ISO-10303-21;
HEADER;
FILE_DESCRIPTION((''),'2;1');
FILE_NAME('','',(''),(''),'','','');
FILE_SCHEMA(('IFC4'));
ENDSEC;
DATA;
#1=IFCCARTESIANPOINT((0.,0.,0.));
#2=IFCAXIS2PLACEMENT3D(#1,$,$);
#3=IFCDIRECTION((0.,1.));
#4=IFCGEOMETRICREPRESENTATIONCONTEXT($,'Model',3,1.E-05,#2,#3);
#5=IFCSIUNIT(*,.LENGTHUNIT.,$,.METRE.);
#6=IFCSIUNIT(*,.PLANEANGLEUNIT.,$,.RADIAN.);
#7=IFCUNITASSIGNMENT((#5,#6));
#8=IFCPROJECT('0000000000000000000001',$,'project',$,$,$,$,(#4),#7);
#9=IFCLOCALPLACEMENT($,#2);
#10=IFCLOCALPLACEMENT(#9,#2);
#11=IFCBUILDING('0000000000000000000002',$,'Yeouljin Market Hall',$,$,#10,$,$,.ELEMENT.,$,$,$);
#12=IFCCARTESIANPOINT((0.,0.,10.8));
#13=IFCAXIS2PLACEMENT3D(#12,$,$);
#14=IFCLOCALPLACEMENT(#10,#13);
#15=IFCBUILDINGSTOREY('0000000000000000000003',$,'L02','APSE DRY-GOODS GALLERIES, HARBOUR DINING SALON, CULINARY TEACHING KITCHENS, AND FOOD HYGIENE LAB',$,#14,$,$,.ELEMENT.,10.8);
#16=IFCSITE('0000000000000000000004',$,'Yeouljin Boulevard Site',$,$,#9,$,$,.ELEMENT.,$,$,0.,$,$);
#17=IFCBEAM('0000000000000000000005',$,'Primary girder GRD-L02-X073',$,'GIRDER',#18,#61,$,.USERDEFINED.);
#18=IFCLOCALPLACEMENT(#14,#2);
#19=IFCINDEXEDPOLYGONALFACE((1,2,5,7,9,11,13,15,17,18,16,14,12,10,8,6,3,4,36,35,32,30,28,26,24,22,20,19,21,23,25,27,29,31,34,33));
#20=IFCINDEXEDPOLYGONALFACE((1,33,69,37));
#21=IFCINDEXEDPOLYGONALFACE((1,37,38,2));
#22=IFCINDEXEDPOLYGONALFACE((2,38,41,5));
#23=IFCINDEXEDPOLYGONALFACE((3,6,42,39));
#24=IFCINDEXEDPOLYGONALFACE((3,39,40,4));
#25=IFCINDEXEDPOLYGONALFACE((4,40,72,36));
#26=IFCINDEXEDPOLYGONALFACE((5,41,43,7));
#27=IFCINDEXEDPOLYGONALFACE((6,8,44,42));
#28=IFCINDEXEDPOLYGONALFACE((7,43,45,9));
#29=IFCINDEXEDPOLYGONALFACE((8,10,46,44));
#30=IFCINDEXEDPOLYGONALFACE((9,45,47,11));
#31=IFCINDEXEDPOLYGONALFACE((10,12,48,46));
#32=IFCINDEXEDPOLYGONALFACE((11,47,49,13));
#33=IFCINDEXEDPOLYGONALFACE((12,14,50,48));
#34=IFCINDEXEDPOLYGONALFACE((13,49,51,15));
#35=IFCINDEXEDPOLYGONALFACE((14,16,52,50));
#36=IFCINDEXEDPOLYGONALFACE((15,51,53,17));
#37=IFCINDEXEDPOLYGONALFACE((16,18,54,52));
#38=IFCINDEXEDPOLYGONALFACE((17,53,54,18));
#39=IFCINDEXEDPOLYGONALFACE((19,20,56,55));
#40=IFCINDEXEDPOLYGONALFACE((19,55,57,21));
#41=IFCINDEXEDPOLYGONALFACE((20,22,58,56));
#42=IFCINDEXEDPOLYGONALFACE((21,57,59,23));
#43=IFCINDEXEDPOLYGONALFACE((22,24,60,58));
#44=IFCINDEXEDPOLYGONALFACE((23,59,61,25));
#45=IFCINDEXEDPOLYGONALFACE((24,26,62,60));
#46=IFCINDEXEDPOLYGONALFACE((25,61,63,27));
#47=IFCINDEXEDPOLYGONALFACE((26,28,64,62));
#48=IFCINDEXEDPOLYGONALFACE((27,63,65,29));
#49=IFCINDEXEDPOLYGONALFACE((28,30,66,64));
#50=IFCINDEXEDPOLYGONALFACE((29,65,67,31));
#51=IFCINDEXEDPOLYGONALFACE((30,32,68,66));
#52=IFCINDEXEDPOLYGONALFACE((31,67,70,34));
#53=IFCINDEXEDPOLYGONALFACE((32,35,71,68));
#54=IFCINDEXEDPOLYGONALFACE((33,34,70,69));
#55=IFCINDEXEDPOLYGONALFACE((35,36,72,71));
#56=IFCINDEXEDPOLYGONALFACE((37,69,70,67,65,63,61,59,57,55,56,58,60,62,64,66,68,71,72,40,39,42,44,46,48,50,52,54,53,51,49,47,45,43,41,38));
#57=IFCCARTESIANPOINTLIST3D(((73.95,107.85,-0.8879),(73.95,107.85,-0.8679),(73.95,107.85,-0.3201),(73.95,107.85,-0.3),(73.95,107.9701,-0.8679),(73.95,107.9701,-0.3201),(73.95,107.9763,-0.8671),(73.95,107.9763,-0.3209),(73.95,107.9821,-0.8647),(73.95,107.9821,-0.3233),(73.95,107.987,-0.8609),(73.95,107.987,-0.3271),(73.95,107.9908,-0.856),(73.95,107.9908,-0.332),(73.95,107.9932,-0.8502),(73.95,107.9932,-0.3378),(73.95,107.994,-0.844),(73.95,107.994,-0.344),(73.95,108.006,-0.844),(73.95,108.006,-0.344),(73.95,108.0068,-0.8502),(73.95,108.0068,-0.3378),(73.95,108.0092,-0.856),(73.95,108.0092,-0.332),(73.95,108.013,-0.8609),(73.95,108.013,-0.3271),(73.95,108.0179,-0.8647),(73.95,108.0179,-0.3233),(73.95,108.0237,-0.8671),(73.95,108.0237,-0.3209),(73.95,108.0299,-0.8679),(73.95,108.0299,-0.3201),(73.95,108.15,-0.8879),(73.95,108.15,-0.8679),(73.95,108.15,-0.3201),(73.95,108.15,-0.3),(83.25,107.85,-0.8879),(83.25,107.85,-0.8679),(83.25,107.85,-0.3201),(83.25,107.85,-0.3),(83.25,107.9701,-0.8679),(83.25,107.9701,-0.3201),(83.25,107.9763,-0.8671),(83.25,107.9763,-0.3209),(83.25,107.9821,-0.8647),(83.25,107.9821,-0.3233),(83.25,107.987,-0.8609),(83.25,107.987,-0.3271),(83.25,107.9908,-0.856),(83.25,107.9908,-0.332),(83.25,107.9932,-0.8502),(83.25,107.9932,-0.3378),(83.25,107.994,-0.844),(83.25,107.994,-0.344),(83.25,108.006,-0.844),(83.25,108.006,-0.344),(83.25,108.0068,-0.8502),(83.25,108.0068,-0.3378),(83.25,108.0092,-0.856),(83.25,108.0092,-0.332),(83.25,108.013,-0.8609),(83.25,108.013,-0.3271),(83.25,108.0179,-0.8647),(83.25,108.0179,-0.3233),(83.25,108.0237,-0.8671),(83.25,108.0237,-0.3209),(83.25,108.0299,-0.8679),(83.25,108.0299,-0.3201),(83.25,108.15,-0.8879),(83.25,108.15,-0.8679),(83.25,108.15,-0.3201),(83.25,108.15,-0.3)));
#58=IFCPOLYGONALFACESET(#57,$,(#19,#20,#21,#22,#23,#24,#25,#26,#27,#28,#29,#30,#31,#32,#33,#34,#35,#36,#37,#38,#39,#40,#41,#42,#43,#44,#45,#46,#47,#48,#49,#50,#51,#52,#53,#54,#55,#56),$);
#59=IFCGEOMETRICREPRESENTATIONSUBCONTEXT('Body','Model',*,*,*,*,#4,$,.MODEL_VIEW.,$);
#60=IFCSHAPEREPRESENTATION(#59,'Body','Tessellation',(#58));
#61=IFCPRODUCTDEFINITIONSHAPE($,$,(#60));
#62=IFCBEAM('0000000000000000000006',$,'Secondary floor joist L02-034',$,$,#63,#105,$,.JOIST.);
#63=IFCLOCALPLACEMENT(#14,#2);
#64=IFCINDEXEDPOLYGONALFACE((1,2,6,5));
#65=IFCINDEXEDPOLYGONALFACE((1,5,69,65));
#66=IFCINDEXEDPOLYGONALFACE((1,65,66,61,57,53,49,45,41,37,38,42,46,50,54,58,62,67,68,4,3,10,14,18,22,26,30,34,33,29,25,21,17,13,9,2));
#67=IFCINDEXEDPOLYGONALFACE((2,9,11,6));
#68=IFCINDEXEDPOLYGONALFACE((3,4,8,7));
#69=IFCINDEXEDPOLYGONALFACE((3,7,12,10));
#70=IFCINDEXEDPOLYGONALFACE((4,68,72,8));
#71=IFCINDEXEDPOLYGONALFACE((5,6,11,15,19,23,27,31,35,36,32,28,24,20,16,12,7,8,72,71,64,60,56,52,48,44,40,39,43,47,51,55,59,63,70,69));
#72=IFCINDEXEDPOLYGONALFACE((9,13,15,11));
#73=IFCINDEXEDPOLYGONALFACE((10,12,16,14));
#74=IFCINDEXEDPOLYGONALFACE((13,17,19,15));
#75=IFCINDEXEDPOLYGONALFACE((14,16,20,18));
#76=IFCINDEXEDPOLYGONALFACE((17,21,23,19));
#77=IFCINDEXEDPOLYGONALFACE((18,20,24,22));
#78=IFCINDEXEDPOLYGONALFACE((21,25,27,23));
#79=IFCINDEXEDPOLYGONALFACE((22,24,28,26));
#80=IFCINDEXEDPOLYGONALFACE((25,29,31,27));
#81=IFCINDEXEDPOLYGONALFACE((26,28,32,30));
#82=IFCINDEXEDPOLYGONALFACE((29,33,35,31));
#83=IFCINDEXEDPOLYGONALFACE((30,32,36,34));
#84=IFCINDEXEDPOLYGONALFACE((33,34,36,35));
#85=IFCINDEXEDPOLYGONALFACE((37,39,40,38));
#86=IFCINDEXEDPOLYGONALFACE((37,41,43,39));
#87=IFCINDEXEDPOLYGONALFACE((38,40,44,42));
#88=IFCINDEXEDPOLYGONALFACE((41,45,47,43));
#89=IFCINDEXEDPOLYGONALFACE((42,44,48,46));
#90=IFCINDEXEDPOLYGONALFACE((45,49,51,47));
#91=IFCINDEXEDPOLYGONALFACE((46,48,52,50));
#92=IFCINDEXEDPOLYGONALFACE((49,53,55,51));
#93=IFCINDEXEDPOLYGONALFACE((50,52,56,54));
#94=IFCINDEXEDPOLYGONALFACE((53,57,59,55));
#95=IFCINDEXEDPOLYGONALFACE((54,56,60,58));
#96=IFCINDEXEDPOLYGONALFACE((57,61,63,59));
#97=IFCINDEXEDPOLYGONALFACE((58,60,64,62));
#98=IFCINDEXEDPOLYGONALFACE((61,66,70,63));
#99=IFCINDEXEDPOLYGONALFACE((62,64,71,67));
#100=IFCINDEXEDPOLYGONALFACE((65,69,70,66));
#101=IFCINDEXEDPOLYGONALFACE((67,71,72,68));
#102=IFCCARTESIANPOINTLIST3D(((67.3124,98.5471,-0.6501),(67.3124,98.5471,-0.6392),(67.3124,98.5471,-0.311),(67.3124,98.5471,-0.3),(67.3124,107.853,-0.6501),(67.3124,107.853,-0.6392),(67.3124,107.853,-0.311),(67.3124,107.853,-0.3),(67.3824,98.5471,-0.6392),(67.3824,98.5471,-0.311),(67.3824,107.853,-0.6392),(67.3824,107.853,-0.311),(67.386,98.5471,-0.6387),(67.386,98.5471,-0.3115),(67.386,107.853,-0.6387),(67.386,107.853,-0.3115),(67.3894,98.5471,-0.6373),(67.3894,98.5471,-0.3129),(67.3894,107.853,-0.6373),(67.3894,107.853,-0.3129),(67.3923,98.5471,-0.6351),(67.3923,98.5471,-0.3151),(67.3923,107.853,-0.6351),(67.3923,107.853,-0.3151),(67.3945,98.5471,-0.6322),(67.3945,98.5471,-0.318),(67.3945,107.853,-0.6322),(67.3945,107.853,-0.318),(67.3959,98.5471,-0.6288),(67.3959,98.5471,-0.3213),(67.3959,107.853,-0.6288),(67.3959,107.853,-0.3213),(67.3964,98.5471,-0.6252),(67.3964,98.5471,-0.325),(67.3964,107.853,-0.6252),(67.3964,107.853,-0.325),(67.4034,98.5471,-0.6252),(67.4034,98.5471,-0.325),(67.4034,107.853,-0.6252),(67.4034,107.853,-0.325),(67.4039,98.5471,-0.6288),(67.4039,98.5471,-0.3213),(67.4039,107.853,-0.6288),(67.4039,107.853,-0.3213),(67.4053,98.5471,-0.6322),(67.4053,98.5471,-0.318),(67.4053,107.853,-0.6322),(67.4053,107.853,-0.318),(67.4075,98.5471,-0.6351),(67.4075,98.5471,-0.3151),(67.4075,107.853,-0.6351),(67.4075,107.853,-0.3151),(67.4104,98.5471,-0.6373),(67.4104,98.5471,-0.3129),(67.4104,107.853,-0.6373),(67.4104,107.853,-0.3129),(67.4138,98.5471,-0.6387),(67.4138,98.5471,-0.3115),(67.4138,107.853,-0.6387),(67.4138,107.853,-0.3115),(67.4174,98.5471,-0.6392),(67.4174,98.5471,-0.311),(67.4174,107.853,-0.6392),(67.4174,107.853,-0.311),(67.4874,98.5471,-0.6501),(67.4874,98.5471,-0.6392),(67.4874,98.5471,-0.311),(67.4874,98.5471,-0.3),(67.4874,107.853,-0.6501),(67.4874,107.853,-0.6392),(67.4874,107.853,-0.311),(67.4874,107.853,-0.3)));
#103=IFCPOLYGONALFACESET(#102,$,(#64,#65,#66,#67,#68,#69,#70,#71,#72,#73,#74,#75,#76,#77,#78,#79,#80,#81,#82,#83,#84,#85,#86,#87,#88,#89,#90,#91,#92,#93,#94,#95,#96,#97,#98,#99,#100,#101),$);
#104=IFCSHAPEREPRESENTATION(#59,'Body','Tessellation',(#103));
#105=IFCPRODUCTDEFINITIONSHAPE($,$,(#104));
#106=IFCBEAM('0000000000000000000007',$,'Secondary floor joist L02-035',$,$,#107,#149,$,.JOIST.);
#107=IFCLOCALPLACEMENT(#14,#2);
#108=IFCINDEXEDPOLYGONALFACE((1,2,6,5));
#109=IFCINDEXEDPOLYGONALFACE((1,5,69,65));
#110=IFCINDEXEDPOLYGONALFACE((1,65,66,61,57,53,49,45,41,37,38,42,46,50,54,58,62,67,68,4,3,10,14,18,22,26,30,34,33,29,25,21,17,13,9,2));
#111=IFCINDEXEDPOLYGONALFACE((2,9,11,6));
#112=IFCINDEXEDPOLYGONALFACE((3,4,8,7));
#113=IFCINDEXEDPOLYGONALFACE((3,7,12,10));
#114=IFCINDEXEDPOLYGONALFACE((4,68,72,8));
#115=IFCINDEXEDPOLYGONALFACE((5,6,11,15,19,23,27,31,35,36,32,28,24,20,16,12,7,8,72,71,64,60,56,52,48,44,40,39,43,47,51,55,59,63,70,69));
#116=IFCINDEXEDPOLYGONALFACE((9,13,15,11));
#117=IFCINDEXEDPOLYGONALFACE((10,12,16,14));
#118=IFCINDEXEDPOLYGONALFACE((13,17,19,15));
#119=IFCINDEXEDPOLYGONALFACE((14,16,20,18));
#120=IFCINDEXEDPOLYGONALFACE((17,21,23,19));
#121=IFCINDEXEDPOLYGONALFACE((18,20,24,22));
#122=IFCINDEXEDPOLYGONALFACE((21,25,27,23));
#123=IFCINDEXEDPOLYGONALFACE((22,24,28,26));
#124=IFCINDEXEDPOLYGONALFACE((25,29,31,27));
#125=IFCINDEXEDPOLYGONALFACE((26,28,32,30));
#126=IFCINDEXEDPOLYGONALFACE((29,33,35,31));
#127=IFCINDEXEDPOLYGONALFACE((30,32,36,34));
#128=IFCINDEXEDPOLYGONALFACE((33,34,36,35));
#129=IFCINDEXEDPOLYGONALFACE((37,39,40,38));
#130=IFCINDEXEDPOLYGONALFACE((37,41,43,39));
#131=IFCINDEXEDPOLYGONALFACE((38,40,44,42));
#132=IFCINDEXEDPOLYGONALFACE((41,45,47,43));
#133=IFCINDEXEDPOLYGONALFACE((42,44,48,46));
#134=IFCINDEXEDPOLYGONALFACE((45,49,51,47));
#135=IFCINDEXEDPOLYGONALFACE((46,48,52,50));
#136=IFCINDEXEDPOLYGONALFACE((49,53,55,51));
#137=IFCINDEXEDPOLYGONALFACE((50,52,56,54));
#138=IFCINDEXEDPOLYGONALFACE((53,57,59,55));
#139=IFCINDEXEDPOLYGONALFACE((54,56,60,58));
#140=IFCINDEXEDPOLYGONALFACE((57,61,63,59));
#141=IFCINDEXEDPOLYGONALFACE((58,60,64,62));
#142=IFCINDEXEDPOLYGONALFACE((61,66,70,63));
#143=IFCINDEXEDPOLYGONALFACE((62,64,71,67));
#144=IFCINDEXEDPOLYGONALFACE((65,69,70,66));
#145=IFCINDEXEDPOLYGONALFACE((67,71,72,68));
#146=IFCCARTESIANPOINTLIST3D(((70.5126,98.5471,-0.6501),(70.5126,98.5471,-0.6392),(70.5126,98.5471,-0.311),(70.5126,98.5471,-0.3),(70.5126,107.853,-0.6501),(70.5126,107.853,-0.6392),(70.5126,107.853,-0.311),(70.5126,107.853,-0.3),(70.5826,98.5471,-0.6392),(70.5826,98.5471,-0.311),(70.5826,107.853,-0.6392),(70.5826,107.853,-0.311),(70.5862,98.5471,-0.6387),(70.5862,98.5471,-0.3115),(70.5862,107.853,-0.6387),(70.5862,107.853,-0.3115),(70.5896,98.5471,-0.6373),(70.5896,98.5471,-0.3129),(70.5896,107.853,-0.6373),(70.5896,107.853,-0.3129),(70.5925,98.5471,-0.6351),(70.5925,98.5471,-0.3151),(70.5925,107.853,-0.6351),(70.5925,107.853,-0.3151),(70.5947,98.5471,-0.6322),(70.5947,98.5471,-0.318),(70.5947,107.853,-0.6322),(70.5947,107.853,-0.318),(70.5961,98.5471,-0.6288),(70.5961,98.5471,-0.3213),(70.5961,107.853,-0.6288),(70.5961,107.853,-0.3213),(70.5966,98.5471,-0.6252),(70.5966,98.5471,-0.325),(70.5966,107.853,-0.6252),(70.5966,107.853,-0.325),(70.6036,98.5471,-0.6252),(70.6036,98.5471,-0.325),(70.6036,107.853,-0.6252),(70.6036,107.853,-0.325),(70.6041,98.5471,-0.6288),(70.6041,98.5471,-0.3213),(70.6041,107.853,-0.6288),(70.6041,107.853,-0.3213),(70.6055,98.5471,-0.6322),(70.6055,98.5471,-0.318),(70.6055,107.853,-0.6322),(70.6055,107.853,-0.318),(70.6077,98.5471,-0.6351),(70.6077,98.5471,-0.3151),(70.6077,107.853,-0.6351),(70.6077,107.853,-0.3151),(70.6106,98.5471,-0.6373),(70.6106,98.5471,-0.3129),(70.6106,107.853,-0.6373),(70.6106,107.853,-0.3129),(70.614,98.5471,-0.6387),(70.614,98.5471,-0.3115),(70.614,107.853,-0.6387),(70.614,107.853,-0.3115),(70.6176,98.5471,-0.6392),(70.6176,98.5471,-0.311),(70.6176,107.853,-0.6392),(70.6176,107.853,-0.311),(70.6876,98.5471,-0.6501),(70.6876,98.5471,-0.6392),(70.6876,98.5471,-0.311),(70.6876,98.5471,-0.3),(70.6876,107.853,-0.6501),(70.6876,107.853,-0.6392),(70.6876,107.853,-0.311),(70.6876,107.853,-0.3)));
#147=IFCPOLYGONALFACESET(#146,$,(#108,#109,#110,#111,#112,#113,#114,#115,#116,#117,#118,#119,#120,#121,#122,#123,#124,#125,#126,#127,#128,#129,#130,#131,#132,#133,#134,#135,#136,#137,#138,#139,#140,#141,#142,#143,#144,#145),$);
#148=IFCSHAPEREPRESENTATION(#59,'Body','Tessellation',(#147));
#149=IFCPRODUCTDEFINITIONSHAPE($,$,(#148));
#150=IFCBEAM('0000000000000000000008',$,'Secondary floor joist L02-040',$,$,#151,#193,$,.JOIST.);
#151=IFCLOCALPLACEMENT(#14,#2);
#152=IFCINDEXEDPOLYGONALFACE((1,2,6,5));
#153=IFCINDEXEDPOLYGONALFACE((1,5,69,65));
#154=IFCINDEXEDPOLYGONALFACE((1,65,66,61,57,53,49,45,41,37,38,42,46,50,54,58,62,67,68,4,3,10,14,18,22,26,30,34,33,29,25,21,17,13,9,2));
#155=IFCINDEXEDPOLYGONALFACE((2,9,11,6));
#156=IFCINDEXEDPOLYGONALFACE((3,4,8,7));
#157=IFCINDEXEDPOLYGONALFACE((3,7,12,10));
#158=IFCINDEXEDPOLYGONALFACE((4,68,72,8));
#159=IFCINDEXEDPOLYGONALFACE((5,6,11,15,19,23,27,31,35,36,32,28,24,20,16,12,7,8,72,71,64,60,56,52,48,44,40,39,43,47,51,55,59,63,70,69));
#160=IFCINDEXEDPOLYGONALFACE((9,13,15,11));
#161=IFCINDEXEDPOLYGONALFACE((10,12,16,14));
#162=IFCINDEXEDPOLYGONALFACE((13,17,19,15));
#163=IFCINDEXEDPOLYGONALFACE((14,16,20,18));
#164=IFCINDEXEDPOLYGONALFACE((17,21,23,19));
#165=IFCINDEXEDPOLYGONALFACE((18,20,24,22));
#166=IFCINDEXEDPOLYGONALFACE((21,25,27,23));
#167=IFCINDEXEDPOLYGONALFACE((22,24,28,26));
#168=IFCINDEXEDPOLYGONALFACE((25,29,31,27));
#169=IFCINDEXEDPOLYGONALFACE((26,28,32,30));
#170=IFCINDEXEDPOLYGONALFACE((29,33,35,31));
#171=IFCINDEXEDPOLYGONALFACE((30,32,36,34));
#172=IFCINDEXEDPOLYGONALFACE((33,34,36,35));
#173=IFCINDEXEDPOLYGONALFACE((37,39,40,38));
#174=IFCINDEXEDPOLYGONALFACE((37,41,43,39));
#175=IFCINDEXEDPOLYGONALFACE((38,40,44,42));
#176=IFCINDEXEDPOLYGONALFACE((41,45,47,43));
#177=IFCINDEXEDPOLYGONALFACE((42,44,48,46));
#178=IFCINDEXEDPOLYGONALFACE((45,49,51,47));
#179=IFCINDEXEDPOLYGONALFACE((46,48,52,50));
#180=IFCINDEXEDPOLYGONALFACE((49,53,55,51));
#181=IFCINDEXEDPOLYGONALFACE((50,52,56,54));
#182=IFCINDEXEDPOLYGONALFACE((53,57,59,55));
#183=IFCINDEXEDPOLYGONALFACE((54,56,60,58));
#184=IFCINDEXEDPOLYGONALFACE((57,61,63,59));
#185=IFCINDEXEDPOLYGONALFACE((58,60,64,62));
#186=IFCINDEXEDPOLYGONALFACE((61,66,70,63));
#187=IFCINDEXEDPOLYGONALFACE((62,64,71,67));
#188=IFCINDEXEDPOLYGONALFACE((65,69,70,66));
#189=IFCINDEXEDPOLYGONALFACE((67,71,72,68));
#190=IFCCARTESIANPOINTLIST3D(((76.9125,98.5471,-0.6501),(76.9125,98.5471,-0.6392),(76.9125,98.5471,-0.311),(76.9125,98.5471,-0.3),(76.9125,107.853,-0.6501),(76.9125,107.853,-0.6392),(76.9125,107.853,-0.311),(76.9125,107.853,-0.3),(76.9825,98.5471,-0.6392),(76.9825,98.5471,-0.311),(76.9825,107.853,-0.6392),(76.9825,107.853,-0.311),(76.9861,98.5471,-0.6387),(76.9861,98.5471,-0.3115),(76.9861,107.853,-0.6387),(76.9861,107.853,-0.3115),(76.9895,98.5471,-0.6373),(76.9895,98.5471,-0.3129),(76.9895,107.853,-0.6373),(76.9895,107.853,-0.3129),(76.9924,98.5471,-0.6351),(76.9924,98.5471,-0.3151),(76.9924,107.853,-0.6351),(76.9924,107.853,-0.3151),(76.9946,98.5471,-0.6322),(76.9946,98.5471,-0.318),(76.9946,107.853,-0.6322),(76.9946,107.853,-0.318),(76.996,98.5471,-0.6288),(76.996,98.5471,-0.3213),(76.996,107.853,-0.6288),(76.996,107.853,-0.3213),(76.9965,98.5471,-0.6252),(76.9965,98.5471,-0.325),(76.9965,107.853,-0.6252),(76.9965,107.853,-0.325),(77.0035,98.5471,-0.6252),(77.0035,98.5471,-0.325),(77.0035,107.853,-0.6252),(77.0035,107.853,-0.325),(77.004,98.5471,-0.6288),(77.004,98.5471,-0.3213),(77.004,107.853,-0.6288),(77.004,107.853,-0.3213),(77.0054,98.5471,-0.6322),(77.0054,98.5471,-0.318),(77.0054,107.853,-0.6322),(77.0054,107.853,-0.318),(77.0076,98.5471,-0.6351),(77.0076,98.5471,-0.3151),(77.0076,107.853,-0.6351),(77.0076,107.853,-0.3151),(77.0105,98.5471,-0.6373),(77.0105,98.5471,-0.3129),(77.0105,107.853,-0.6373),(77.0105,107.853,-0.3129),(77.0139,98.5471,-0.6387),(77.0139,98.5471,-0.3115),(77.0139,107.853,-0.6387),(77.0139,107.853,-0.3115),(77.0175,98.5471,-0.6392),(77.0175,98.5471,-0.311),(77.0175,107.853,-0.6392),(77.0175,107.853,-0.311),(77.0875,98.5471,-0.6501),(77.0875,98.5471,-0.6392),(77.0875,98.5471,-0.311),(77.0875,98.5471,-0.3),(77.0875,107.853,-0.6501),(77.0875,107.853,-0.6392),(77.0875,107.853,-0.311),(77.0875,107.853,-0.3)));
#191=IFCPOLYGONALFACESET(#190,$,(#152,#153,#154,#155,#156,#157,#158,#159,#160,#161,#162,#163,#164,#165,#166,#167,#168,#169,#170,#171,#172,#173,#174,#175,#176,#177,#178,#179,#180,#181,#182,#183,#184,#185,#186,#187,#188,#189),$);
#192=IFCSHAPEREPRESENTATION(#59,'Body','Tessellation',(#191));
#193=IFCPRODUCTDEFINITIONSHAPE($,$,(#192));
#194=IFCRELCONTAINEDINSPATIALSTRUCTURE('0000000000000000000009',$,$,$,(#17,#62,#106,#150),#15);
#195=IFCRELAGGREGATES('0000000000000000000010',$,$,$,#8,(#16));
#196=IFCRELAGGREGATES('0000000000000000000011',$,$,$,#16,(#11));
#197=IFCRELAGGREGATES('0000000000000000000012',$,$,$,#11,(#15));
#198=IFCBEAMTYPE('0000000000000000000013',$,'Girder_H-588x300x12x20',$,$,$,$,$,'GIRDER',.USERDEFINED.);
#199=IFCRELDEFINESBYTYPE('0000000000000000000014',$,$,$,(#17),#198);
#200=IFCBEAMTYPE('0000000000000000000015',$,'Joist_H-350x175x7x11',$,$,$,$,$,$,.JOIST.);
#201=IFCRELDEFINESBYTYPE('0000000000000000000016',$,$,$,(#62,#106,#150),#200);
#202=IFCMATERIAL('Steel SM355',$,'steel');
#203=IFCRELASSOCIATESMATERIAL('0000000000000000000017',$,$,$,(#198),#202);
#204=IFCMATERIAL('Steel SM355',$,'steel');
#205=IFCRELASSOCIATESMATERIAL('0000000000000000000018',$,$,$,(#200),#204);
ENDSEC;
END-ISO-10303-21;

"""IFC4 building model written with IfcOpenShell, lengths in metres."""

from ifc_helpers import new_model, si_unit, direction, frame, origin, origin_2d, place, context, subcontext, project, spatial, i_section, extrude, material, material_profile, profile_set, type_object, element, save


model = new_model("IFC4")

# Units and contexts
model_context = context("Model", 3, precision=1e-05, world=origin(), true_north=direction((0.0, 1.0)))
body_context = subcontext(model_context, "Body", "Model", "MODEL_VIEW")
ifc_project = project(units=[si_unit("LENGTHUNIT", "METRE"), si_unit("PLANEANGLEUNIT", "RADIAN")], contexts=[model_context])

# Site, building, storey
site_placement = place(None, origin())
site = spatial("IfcSite", under=ifc_project, at=site_placement, Name="Yeouljin Boulevard Site", CompositionType="ELEMENT", RefElevation=0.0)
building_placement = place(site_placement, origin())
building = spatial("IfcBuilding", under=site, at=building_placement, Name="Yeouljin Market Hall", CompositionType="ELEMENT")
storey_placement = place(building_placement, frame((0.0, 0.0, 10.8)))
storey = spatial("IfcBuildingStorey", under=building, at=storey_placement, Name="L02", Description="APSE DRY-GOODS GALLERIES, HARBOUR DINING SALON, CULINARY TEACHING KITCHENS, AND FOOD HYGIENE LAB", CompositionType="ELEMENT", Elevation=10.8)

# Beams
ifc_material_1 = material(Name="Steel SM355", Category="steel")
ifc_material_profile_1 = material_profile(ifc_material_1, i_section(OverallWidth=0.3, OverallDepth=0.5879, WebThickness=0.012, FlangeThickness=0.02, FilletRadius=0.0239, at=origin_2d()), Name="H-588x300x12x20")
ifc_profile_set_1 = profile_set([ifc_material_profile_1], Name="Steel SM355")
beam_type_1 = type_object("IfcBeamType", Name="Girder_H-588x300x12x20", ElementType="GIRDER", PredefinedType="USERDEFINED", material=ifc_profile_set_1)
beam_1_placement = place(storey_placement, frame((73.95, 108.0, -0.594), z_axis=(1.0, 0.0, 0.0), x_axis=(0.0, 1.0, 0.0)))
element("IfcBeam", 1, at=beam_1_placement, inside=storey, type_object=beam_type_1, Name="Primary girder GRD-L02-X073", ObjectType="GIRDER", PredefinedType="USERDEFINED", context=body_context, shape_type="SweptSolid", body=[
    extrude(i_section(OverallWidth=0.3, OverallDepth=0.5879, WebThickness=0.012, FlangeThickness=0.02, FilletRadius=0.0239, at=origin_2d()), origin(), (0.0, 0.0, 1.0), 9.3),
])
ifc_material_2 = material(Name="Steel SM355", Category="steel")
ifc_material_profile_2 = material_profile(ifc_material_2, i_section(OverallWidth=0.175, OverallDepth=0.3501, WebThickness=0.0071, FlangeThickness=0.011, FilletRadius=0.0139, at=origin_2d()), Name="H-350x175x7x11")
ifc_profile_set_2 = profile_set([ifc_material_profile_2], Name="Steel SM355")
beam_type_2 = type_object("IfcBeamType", Name="Joist_H-350x175x7x11", PredefinedType="JOIST", material=ifc_profile_set_2)
for number, where, z_axis, x_axis, name in (
    (2, (67.3999, 98.5471, -0.4751), (0.0, 1.0, 0.0), (-1.0, 0.0, 0.0), "Secondary floor joist L02-034"),
    (3, (70.6001, 98.5471, -0.4751), (0.0, 1.0, 0.0), (-1.0, 0.0, 0.0), "Secondary floor joist L02-035"),
    (4, (77.0, 98.5471, -0.4751), (0.0, 1.0, 0.0), (-1.0, 0.0, 0.0), "Secondary floor joist L02-040"),
):
    element("IfcBeam", number, at=place(storey_placement, frame(where, z_axis=z_axis, x_axis=x_axis)), inside=storey, type_object=beam_type_2, Name=name, PredefinedType="JOIST", context=body_context, shape_type="SweptSolid", body=[
        extrude(i_section(OverallWidth=0.175, OverallDepth=0.3501, WebThickness=0.0071, FlangeThickness=0.011, FilletRadius=0.0139, at=origin_2d()), origin(), (0.0, 0.0, 1.0), 9.3059),
    ])

save(model, "model.ifc")
